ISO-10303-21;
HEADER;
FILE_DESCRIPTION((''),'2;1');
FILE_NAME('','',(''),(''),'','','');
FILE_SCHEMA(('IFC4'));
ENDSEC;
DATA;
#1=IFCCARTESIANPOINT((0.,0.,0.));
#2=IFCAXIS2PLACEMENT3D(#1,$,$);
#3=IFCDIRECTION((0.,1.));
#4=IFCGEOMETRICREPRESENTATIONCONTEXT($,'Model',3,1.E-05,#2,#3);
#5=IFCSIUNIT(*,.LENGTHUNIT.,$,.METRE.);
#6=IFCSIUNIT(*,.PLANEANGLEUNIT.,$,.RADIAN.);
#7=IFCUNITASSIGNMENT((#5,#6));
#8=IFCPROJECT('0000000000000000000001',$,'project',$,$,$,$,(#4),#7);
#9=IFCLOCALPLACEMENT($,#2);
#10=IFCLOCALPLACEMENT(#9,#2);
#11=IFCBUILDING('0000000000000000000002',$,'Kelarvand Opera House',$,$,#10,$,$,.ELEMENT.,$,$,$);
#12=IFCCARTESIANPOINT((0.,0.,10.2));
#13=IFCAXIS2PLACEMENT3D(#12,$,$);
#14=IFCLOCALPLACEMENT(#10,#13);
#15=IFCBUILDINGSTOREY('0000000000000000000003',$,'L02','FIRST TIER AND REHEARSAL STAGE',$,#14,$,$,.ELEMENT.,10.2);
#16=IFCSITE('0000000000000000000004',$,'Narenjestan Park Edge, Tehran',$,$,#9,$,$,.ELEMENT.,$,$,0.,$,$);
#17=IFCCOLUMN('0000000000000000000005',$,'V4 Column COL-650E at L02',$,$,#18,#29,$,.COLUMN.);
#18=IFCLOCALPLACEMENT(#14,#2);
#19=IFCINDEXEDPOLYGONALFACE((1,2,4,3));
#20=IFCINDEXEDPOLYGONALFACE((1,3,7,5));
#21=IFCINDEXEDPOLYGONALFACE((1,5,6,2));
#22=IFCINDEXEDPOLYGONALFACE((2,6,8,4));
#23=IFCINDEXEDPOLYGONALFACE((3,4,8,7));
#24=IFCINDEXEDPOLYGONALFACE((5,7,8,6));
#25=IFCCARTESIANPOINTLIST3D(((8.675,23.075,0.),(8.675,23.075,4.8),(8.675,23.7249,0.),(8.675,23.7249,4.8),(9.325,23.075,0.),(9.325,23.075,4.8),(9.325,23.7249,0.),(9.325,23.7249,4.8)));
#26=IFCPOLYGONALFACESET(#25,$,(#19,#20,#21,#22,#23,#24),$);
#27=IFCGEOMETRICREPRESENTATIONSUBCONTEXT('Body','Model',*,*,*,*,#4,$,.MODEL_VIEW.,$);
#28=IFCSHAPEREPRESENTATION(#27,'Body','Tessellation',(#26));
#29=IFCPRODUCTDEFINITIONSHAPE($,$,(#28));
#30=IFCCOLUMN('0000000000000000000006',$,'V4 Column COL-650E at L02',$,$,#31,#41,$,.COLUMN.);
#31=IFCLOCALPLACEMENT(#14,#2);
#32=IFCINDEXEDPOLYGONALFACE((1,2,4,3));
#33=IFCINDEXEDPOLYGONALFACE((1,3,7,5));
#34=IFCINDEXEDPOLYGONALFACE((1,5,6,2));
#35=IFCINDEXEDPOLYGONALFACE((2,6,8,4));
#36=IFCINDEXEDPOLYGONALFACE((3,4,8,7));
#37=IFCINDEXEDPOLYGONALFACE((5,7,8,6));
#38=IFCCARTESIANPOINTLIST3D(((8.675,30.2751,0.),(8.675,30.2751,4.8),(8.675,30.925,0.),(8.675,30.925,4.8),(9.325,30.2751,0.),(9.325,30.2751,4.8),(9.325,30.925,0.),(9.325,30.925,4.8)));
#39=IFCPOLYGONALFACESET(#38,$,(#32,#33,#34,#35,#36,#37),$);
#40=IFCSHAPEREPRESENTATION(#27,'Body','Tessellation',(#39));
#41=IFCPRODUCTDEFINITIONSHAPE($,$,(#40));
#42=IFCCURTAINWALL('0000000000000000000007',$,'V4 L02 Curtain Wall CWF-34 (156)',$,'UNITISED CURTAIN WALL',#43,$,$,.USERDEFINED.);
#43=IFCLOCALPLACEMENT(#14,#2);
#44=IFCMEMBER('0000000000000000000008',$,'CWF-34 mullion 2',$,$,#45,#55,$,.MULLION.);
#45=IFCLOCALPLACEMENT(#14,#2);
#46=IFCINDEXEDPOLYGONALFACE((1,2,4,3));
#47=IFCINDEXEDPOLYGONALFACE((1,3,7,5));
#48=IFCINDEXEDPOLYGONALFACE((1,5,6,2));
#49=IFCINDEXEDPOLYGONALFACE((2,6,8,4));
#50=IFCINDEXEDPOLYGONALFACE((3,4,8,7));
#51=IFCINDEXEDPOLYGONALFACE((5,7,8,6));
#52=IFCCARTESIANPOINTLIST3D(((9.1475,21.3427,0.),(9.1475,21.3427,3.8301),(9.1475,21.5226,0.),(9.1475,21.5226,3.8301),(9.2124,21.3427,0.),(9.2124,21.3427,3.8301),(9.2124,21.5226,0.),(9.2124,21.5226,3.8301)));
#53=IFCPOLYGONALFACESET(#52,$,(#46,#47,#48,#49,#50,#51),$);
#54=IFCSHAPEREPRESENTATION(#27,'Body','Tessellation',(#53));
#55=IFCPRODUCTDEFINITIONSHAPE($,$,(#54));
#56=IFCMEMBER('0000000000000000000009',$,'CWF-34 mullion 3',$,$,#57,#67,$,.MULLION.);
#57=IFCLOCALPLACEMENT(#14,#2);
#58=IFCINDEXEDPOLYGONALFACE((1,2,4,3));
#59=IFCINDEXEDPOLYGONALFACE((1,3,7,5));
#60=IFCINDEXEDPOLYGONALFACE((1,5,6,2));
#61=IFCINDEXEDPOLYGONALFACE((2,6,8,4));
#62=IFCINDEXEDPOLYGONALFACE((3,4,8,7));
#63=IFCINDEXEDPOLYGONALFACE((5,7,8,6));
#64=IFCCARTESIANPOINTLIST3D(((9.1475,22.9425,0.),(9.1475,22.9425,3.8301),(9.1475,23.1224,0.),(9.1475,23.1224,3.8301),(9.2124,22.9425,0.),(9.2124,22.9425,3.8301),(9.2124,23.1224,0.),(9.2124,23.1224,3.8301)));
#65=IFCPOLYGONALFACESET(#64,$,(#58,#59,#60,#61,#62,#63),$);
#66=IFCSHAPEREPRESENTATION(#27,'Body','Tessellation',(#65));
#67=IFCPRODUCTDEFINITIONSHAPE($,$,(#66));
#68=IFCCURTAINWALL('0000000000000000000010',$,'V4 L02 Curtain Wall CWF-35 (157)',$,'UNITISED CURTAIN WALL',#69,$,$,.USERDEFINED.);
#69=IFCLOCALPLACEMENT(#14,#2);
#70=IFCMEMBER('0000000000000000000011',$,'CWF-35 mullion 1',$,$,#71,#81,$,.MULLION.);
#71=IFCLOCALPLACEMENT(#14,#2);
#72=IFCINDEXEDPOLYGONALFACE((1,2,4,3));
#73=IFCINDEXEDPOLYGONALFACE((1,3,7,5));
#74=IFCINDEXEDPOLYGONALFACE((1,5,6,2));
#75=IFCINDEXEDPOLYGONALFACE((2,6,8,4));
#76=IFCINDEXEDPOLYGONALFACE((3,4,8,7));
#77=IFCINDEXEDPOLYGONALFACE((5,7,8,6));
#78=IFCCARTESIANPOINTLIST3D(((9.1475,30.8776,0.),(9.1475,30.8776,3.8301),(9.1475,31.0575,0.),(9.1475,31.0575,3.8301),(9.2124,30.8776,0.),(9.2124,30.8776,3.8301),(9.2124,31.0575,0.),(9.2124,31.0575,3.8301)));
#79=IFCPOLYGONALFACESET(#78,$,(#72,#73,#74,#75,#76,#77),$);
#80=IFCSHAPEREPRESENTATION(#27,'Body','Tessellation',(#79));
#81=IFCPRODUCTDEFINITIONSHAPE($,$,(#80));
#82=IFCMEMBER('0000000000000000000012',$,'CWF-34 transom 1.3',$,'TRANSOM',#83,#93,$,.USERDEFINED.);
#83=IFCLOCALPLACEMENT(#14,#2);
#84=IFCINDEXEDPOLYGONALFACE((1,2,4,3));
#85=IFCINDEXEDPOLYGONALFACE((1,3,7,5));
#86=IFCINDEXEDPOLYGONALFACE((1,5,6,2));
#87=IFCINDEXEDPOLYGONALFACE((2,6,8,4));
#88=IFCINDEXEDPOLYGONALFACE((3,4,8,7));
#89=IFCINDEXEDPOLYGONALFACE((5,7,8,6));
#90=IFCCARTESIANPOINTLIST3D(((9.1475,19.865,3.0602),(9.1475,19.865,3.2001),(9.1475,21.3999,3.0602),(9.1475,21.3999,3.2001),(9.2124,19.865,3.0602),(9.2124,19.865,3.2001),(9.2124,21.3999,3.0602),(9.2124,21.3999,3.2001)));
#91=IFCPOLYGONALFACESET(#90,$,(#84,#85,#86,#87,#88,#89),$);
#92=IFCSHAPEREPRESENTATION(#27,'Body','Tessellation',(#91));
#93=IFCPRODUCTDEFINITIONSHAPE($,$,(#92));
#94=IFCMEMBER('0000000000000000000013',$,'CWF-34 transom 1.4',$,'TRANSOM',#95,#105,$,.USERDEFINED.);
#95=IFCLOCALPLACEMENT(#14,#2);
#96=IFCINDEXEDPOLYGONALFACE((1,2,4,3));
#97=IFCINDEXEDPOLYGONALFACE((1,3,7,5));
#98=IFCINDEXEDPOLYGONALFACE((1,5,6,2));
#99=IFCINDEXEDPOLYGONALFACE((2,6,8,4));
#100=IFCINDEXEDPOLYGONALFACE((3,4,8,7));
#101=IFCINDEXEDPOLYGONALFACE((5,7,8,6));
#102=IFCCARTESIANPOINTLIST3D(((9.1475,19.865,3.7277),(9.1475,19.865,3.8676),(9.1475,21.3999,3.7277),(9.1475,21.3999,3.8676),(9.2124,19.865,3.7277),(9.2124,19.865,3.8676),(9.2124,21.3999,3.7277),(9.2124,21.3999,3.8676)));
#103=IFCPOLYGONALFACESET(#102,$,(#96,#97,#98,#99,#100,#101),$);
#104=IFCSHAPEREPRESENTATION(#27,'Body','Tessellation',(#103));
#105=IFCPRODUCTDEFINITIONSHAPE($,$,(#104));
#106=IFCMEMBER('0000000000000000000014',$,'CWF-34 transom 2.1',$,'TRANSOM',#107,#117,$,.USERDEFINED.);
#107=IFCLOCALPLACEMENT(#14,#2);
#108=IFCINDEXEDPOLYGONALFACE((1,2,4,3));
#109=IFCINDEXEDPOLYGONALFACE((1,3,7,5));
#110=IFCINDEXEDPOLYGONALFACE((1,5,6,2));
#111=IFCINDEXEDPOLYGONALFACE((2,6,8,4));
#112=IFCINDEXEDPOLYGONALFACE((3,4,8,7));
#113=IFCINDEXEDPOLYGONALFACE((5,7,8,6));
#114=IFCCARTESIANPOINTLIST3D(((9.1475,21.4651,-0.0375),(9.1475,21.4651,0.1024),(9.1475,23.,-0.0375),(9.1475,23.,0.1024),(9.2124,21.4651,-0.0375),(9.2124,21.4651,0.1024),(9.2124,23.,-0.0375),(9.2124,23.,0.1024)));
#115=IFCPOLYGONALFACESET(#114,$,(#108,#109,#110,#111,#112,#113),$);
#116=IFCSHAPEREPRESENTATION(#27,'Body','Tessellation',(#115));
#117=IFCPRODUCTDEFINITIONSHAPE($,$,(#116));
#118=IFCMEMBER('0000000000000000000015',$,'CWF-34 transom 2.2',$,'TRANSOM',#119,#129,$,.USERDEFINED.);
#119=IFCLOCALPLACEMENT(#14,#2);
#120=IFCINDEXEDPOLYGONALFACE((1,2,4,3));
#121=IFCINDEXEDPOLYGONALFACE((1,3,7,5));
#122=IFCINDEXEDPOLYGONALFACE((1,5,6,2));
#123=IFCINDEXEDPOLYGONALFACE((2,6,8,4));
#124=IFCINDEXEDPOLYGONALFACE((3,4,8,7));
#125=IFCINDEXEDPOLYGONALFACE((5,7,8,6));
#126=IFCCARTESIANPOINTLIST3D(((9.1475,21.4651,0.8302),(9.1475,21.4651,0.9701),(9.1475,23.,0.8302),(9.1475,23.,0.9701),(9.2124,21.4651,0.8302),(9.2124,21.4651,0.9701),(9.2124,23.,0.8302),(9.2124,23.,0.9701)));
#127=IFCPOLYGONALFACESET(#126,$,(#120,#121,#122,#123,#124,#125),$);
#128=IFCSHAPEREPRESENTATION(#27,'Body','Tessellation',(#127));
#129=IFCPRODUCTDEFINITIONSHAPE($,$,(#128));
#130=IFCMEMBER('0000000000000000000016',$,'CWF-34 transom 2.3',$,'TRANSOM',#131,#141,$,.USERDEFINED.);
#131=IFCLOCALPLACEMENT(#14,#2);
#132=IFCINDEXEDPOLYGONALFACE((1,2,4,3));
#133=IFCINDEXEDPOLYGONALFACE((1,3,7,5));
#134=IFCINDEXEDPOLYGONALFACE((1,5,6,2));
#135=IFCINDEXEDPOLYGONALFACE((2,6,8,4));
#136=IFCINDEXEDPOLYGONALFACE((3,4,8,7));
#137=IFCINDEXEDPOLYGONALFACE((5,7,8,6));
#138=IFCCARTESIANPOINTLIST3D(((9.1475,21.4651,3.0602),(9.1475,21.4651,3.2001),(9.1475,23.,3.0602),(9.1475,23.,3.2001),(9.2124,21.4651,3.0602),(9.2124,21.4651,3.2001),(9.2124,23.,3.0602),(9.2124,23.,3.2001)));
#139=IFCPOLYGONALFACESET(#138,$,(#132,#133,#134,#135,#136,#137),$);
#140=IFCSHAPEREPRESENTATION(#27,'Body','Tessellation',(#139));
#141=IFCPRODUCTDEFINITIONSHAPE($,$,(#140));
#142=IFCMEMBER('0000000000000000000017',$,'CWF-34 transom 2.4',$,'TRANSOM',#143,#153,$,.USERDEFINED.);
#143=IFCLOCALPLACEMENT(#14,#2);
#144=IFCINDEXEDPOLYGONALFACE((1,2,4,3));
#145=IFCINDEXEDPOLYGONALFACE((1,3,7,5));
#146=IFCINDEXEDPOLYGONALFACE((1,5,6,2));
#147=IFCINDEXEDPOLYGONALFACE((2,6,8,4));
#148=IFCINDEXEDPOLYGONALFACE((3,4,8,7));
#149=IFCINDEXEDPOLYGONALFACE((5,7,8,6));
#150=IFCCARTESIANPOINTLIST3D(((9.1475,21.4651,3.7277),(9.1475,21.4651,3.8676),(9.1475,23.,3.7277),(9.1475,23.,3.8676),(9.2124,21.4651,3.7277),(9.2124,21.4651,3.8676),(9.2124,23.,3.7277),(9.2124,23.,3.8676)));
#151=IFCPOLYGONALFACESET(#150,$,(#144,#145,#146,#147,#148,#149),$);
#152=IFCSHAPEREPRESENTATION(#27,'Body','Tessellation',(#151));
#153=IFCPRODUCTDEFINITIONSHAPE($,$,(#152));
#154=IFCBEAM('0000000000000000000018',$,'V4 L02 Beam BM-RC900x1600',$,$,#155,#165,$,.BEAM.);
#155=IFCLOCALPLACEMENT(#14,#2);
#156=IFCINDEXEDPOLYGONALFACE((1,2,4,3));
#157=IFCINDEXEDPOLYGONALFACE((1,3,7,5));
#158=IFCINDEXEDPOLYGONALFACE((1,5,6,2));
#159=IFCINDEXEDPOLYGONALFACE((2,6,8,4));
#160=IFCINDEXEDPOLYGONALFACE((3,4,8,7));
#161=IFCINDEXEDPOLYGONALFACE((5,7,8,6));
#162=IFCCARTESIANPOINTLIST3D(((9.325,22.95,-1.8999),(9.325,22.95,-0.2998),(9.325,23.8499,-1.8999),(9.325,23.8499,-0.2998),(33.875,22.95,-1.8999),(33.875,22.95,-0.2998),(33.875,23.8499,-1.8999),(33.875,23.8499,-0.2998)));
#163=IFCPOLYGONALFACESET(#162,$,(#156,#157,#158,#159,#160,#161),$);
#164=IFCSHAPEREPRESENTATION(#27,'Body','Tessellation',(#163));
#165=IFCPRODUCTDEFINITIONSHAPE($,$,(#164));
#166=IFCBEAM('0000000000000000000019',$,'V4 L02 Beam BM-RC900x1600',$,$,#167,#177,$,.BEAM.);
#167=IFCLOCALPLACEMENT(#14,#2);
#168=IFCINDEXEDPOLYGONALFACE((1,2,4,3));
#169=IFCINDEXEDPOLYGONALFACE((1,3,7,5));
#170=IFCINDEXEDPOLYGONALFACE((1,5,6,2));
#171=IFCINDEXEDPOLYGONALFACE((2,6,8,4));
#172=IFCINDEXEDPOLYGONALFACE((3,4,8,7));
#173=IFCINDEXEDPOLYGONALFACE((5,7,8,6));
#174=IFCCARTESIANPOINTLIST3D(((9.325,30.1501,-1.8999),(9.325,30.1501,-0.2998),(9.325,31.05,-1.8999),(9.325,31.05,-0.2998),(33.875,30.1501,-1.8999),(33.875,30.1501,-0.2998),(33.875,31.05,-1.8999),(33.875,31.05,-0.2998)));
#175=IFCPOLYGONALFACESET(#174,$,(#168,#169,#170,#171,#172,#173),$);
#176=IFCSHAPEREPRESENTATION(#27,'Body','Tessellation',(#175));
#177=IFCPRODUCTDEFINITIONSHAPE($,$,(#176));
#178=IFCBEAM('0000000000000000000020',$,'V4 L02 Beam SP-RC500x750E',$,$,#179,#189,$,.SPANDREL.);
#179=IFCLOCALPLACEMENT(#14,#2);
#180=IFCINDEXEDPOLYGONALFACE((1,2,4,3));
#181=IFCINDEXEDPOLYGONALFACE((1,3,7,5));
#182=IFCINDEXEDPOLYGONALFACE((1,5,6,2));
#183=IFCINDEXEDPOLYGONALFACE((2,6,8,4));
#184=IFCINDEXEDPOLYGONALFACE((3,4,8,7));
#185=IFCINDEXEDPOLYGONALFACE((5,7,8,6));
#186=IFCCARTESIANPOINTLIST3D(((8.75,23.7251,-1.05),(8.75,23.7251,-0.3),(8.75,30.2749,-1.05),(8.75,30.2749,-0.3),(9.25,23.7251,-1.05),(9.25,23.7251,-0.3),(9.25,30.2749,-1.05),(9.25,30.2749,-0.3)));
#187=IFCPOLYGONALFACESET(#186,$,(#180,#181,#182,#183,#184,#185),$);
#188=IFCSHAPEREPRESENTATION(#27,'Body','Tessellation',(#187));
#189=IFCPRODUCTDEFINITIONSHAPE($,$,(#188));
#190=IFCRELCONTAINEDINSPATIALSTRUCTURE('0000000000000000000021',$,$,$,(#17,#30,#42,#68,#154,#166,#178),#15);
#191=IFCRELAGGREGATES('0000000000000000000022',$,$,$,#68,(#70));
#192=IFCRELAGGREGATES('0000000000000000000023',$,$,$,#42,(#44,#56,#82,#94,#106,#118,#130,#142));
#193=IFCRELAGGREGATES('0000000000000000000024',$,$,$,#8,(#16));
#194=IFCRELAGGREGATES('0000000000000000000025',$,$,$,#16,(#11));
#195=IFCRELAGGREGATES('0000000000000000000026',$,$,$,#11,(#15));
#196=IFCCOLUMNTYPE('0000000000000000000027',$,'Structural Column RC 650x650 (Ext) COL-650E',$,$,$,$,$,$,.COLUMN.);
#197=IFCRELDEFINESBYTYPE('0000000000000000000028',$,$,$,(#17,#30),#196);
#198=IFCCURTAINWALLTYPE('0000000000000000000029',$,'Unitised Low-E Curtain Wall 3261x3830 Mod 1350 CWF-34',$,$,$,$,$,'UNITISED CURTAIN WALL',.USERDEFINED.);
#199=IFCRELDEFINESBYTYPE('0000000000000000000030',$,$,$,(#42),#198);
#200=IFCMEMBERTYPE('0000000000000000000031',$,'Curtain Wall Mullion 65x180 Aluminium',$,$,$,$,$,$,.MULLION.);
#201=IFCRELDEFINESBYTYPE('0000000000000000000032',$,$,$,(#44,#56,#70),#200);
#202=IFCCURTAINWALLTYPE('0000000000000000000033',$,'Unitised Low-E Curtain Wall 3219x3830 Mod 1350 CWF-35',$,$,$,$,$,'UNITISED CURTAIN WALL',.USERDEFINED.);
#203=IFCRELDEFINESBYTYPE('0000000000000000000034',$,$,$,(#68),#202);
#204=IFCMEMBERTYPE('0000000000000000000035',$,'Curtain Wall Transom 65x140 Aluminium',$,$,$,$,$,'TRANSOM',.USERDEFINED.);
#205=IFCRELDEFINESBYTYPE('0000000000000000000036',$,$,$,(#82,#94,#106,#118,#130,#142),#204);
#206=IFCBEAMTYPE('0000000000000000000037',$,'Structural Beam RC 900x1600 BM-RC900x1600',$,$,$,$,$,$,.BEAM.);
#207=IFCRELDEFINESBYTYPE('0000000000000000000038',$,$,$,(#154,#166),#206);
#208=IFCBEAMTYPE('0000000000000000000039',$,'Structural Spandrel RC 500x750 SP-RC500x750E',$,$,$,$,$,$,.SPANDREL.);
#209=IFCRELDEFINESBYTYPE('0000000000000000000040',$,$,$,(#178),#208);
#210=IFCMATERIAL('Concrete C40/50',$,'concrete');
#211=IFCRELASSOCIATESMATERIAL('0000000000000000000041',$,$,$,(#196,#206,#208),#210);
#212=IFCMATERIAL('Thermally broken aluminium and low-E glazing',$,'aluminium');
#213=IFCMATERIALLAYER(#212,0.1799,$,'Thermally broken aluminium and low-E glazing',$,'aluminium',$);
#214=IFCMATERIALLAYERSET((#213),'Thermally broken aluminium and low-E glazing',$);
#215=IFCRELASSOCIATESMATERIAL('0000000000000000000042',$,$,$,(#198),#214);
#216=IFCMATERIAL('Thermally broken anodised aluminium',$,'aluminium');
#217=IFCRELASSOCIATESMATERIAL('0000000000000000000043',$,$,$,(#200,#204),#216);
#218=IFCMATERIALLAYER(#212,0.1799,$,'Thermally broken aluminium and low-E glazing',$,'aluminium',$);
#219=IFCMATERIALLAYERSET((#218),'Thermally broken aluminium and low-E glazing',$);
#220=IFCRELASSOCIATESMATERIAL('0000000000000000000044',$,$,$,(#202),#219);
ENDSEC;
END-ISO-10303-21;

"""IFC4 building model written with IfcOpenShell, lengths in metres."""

from ifc_helpers import new_model, si_unit, direction, frame, origin, origin_2d, place, context, subcontext, project, spatial, rectangle, extrude, material, layer, layer_set, material_profile, profile_set, type_object, element, aggregate, save


model = new_model("IFC4")

# Units and contexts
model_context = context("Model", 3, precision=1e-05, world=origin(), true_north=direction((0.0, 1.0)))
body_context = subcontext(model_context, "Body", "Model", "MODEL_VIEW")
ifc_project = project(units=[si_unit("LENGTHUNIT", "METRE"), si_unit("PLANEANGLEUNIT", "RADIAN")], contexts=[model_context])

# Site, building, storey
site_placement = place(None, origin())
site = spatial("IfcSite", under=ifc_project, at=site_placement, Name="Narenjestan Park Edge, Tehran", CompositionType="ELEMENT", RefElevation=0.0)
building_placement = place(site_placement, origin())
building = spatial("IfcBuilding", under=site, at=building_placement, Name="Kelarvand Opera House", CompositionType="ELEMENT")
storey_placement = place(building_placement, frame((0.0, 0.0, 10.2)))
storey = spatial("IfcBuildingStorey", under=building, at=storey_placement, Name="L02", Description="FIRST TIER AND REHEARSAL STAGE", CompositionType="ELEMENT", Elevation=10.2)

# Columns
ifc_material_1 = material(Name="Concrete C40/50", Category="concrete")
ifc_material_profile_1 = material_profile(ifc_material_1, rectangle(XDim=0.6499, YDim=0.6499, at=origin_2d()), Name="RC 650x650", Category="concrete")
ifc_profile_set_1 = profile_set([ifc_material_profile_1], Name="Concrete C40/50")
column_type = type_object("IfcColumnType", Name="Structural Column RC 650x650 (Ext) COL-650E", PredefinedType="COLUMN", material=ifc_profile_set_1)
for number, where, z_axis, x_axis, name in (
    (1, (9.0, 23.3999, 0.0), (0.0, 0.0, 1.0), (1.0, 0.0, 0.0), "V4 Column COL-650E at L02"),
    (2, (9.0, 30.6001, 0.0), (0.0, 0.0, 1.0), (1.0, 0.0, 0.0), "V4 Column COL-650E at L02"),
):
    element("IfcColumn", number, at=place(storey_placement, frame(where, z_axis=z_axis, x_axis=x_axis)), inside=storey, type_object=column_type, Name=name, PredefinedType="COLUMN", context=body_context, shape_type="SweptSolid", body=[
        extrude(rectangle(XDim=0.6499, YDim=0.6499, at=origin_2d()), origin(), (0.0, 0.0, 1.0), 4.8),
    ])

# Curtain wall, members
ifc_material_2 = material(Name="Thermally broken aluminium and low-E glazing", Category="aluminium")
ifc_layer_1 = layer(ifc_material_2, 0.1799, Name="Thermally broken aluminium and low-E glazing", Category="aluminium")
ifc_layer_set_1 = layer_set([ifc_layer_1], Name="Thermally broken aluminium and low-E glazing")
curtain_wall_type_1 = type_object("IfcCurtainWallType", Name="Unitised Low-E Curtain Wall 3261x3830 Mod 1350 CWF-34", ElementType="UNITISED CURTAIN WALL", PredefinedType="USERDEFINED", material=ifc_layer_set_1)
curtain_wall_1_placement = place(storey_placement, origin())
curtain_wall_1 = element("IfcCurtainWall", 3, at=curtain_wall_1_placement, inside=storey, type_object=curtain_wall_type_1, Name="V4 L02 Curtain Wall CWF-34 (156)", ObjectType="UNITISED CURTAIN WALL", PredefinedType="USERDEFINED")
ifc_material_3 = material(Name="Thermally broken anodised aluminium", Category="aluminium")
ifc_material_profile_2 = material_profile(ifc_material_3, rectangle(XDim=0.0649, YDim=0.1799, at=origin_2d()), Name="ALU MULLION 65x180", Category="aluminium")
ifc_profile_set_2 = profile_set([ifc_material_profile_2], Name="Thermally broken anodised aluminium")
member_type_1 = type_object("IfcMemberType", Name="Curtain Wall Mullion 65x180 Aluminium", PredefinedType="MULLION", material=ifc_profile_set_2)
member_1_placement = place(storey_placement, frame((9.1799, 21.4326, 0.0), z_axis=(0.0, 0.0, 1.0), x_axis=(-1.0, 0.0, 0.0)))
member_1 = element("IfcMember", 4, at=member_1_placement, type_object=member_type_1, Name="CWF-34 mullion 2", PredefinedType="MULLION", context=body_context, shape_type="SweptSolid", body=[
    extrude(rectangle(XDim=0.0649, YDim=0.1799, at=origin_2d()), origin(), (0.0, 0.0, 1.0), 3.8301),
])
member_2_placement = place(storey_placement, frame((9.1799, 23.0325, 0.0), z_axis=(0.0, 0.0, 1.0), x_axis=(-1.0, 0.0, 0.0)))
member_2 = element("IfcMember", 5, at=member_2_placement, type_object=member_type_1, Name="CWF-34 mullion 3", PredefinedType="MULLION", context=body_context, shape_type="SweptSolid", body=[
    extrude(rectangle(XDim=0.0649, YDim=0.1799, at=origin_2d()), origin(), (0.0, 0.0, 1.0), 3.8301),
])

# Curtain wall, member
ifc_layer_2 = layer(ifc_material_2, 0.1799, Name="Thermally broken aluminium and low-E glazing", Category="aluminium")
ifc_layer_set_2 = layer_set([ifc_layer_2], Name="Thermally broken aluminium and low-E glazing")
curtain_wall_type_2 = type_object("IfcCurtainWallType", Name="Unitised Low-E Curtain Wall 3219x3830 Mod 1350 CWF-35", ElementType="UNITISED CURTAIN WALL", PredefinedType="USERDEFINED", material=ifc_layer_set_2)
curtain_wall_2_placement = place(storey_placement, origin())
curtain_wall_2 = element("IfcCurtainWall", 6, at=curtain_wall_2_placement, inside=storey, type_object=curtain_wall_type_2, Name="V4 L02 Curtain Wall CWF-35 (157)", ObjectType="UNITISED CURTAIN WALL", PredefinedType="USERDEFINED")
member_3_placement = place(storey_placement, frame((9.1799, 30.9675, 0.0), z_axis=(0.0, 0.0, 1.0), x_axis=(-1.0, 0.0, 0.0)))
member_3 = element("IfcMember", 7, at=member_3_placement, type_object=member_type_1, Name="CWF-35 mullion 1", PredefinedType="MULLION", context=body_context, shape_type="SweptSolid", body=[
    extrude(rectangle(XDim=0.0649, YDim=0.1799, at=origin_2d()), origin(), (0.0, 0.0, 1.0), 3.8301),
])
aggregate(curtain_wall_2, [member_3])

# Members
ifc_material_profile_3 = material_profile(ifc_material_3, rectangle(XDim=0.0649, YDim=0.1399, at=origin_2d()), Name="ALU TRANSOM 65x140", Category="aluminium")
ifc_profile_set_3 = profile_set([ifc_material_profile_3], Name="Thermally broken anodised aluminium")
member_type_2 = type_object("IfcMemberType", Name="Curtain Wall Transom 65x140 Aluminium", ElementType="TRANSOM", PredefinedType="USERDEFINED", material=ifc_profile_set_3)
member_4_placement = place(storey_placement, frame((9.1799, 19.865, 3.1301), z_axis=(0.0, 1.0, 0.0), x_axis=(-1.0, 0.0, 0.0)))
member_4 = element("IfcMember", 8, at=member_4_placement, type_object=member_type_2, Name="CWF-34 transom 1.3", ObjectType="TRANSOM", PredefinedType="USERDEFINED", context=body_context, shape_type="SweptSolid", body=[
    extrude(rectangle(XDim=0.0649, YDim=0.1399, at=origin_2d()), origin(), (0.0, 0.0, 1.0), 1.5349),
])
member_5_placement = place(storey_placement, frame((9.1799, 19.865, 3.7976), z_axis=(0.0, 1.0, 0.0), x_axis=(-1.0, 0.0, 0.0)))
member_5 = element("IfcMember", 9, at=member_5_placement, type_object=member_type_2, Name="CWF-34 transom 1.4", ObjectType="TRANSOM", PredefinedType="USERDEFINED", context=body_context, shape_type="SweptSolid", body=[
    extrude(rectangle(XDim=0.0649, YDim=0.1399, at=origin_2d()), origin(), (0.0, 0.0, 1.0), 1.5349),
])
member_6_placement = place(storey_placement, frame((9.1799, 21.4651, 0.0325), z_axis=(0.0, 1.0, 0.0), x_axis=(-1.0, 0.0, 0.0)))
member_6 = element("IfcMember", 10, at=member_6_placement, type_object=member_type_2, Name="CWF-34 transom 2.1", ObjectType="TRANSOM", PredefinedType="USERDEFINED", context=body_context, shape_type="SweptSolid", body=[
    extrude(rectangle(XDim=0.0649, YDim=0.1399, at=origin_2d()), origin(), (0.0, 0.0, 1.0), 1.5349),
])
member_7_placement = place(storey_placement, frame((9.1799, 21.4651, 0.9001), z_axis=(0.0, 1.0, 0.0), x_axis=(-1.0, 0.0, 0.0)))
member_7 = element("IfcMember", 11, at=member_7_placement, type_object=member_type_2, Name="CWF-34 transom 2.2", ObjectType="TRANSOM", PredefinedType="USERDEFINED", context=body_context, shape_type="SweptSolid", body=[
    extrude(rectangle(XDim=0.0649, YDim=0.1399, at=origin_2d()), origin(), (0.0, 0.0, 1.0), 1.5349),
])
member_8_placement = place(storey_placement, frame((9.1799, 21.4651, 3.1301), z_axis=(0.0, 1.0, 0.0), x_axis=(-1.0, 0.0, 0.0)))
member_8 = element("IfcMember", 12, at=member_8_placement, type_object=member_type_2, Name="CWF-34 transom 2.3", ObjectType="TRANSOM", PredefinedType="USERDEFINED", context=body_context, shape_type="SweptSolid", body=[
    extrude(rectangle(XDim=0.0649, YDim=0.1399, at=origin_2d()), origin(), (0.0, 0.0, 1.0), 1.5349),
])
member_9_placement = place(storey_placement, frame((9.1799, 21.4651, 3.7976), z_axis=(0.0, 1.0, 0.0), x_axis=(-1.0, 0.0, 0.0)))
member_9 = element("IfcMember", 13, at=member_9_placement, type_object=member_type_2, Name="CWF-34 transom 2.4", ObjectType="TRANSOM", PredefinedType="USERDEFINED", context=body_context, shape_type="SweptSolid", body=[
    extrude(rectangle(XDim=0.0649, YDim=0.1399, at=origin_2d()), origin(), (0.0, 0.0, 1.0), 1.5349),
])

# Beams
ifc_material_profile_4 = material_profile(ifc_material_1, rectangle(XDim=0.8999, YDim=1.6001, at=origin_2d()), Name="RC 900x1600", Category="concrete")
ifc_profile_set_4 = profile_set([ifc_material_profile_4], Name="Concrete C40/50")
beam_type_1 = type_object("IfcBeamType", Name="Structural Beam RC 900x1600 BM-RC900x1600", PredefinedType="BEAM", material=ifc_profile_set_4)
for number, where, z_axis, x_axis, name in (
    (14, (9.325, 23.3999, -1.0999), (1.0, 0.0, 0.0), (0.0, 1.0, 0.0), "V4 L02 Beam BM-RC900x1600"),
    (15, (9.325, 30.6001, -1.0999), (1.0, 0.0, 0.0), (0.0, 1.0, 0.0), "V4 L02 Beam BM-RC900x1600"),
):
    element("IfcBeam", number, at=place(storey_placement, frame(where, z_axis=z_axis, x_axis=x_axis)), inside=storey, type_object=beam_type_1, Name=name, PredefinedType="BEAM", context=body_context, shape_type="SweptSolid", body=[
        extrude(rectangle(XDim=0.8999, YDim=1.6001, at=origin_2d()), origin(), (0.0, 0.0, 1.0), 24.55),
    ])
ifc_material_profile_5 = material_profile(ifc_material_1, rectangle(XDim=0.5, YDim=0.75, at=origin_2d()), Name="RC 500x750", Category="concrete")
ifc_profile_set_5 = profile_set([ifc_material_profile_5], Name="Concrete C40/50")
beam_type_2 = type_object("IfcBeamType", Name="Structural Spandrel RC 500x750 SP-RC500x750E", PredefinedType="SPANDREL", material=ifc_profile_set_5)
beam_1_placement = place(storey_placement, frame((9.0, 23.7251, -0.675), z_axis=(0.0, 1.0, 0.0), x_axis=(-1.0, 0.0, 0.0)))
element("IfcBeam", 16, at=beam_1_placement, inside=storey, type_object=beam_type_2, Name="V4 L02 Beam SP-RC500x750E", PredefinedType="SPANDREL", context=body_context, shape_type="SweptSolid", body=[
    extrude(rectangle(XDim=0.5, YDim=0.75, at=origin_2d()), origin(), (0.0, 0.0, 1.0), 6.5498),
])

aggregate(curtain_wall_1, [member_1, member_2, member_4, member_5, member_6, member_7, member_8, member_9])

save(model, "model.ifc")
